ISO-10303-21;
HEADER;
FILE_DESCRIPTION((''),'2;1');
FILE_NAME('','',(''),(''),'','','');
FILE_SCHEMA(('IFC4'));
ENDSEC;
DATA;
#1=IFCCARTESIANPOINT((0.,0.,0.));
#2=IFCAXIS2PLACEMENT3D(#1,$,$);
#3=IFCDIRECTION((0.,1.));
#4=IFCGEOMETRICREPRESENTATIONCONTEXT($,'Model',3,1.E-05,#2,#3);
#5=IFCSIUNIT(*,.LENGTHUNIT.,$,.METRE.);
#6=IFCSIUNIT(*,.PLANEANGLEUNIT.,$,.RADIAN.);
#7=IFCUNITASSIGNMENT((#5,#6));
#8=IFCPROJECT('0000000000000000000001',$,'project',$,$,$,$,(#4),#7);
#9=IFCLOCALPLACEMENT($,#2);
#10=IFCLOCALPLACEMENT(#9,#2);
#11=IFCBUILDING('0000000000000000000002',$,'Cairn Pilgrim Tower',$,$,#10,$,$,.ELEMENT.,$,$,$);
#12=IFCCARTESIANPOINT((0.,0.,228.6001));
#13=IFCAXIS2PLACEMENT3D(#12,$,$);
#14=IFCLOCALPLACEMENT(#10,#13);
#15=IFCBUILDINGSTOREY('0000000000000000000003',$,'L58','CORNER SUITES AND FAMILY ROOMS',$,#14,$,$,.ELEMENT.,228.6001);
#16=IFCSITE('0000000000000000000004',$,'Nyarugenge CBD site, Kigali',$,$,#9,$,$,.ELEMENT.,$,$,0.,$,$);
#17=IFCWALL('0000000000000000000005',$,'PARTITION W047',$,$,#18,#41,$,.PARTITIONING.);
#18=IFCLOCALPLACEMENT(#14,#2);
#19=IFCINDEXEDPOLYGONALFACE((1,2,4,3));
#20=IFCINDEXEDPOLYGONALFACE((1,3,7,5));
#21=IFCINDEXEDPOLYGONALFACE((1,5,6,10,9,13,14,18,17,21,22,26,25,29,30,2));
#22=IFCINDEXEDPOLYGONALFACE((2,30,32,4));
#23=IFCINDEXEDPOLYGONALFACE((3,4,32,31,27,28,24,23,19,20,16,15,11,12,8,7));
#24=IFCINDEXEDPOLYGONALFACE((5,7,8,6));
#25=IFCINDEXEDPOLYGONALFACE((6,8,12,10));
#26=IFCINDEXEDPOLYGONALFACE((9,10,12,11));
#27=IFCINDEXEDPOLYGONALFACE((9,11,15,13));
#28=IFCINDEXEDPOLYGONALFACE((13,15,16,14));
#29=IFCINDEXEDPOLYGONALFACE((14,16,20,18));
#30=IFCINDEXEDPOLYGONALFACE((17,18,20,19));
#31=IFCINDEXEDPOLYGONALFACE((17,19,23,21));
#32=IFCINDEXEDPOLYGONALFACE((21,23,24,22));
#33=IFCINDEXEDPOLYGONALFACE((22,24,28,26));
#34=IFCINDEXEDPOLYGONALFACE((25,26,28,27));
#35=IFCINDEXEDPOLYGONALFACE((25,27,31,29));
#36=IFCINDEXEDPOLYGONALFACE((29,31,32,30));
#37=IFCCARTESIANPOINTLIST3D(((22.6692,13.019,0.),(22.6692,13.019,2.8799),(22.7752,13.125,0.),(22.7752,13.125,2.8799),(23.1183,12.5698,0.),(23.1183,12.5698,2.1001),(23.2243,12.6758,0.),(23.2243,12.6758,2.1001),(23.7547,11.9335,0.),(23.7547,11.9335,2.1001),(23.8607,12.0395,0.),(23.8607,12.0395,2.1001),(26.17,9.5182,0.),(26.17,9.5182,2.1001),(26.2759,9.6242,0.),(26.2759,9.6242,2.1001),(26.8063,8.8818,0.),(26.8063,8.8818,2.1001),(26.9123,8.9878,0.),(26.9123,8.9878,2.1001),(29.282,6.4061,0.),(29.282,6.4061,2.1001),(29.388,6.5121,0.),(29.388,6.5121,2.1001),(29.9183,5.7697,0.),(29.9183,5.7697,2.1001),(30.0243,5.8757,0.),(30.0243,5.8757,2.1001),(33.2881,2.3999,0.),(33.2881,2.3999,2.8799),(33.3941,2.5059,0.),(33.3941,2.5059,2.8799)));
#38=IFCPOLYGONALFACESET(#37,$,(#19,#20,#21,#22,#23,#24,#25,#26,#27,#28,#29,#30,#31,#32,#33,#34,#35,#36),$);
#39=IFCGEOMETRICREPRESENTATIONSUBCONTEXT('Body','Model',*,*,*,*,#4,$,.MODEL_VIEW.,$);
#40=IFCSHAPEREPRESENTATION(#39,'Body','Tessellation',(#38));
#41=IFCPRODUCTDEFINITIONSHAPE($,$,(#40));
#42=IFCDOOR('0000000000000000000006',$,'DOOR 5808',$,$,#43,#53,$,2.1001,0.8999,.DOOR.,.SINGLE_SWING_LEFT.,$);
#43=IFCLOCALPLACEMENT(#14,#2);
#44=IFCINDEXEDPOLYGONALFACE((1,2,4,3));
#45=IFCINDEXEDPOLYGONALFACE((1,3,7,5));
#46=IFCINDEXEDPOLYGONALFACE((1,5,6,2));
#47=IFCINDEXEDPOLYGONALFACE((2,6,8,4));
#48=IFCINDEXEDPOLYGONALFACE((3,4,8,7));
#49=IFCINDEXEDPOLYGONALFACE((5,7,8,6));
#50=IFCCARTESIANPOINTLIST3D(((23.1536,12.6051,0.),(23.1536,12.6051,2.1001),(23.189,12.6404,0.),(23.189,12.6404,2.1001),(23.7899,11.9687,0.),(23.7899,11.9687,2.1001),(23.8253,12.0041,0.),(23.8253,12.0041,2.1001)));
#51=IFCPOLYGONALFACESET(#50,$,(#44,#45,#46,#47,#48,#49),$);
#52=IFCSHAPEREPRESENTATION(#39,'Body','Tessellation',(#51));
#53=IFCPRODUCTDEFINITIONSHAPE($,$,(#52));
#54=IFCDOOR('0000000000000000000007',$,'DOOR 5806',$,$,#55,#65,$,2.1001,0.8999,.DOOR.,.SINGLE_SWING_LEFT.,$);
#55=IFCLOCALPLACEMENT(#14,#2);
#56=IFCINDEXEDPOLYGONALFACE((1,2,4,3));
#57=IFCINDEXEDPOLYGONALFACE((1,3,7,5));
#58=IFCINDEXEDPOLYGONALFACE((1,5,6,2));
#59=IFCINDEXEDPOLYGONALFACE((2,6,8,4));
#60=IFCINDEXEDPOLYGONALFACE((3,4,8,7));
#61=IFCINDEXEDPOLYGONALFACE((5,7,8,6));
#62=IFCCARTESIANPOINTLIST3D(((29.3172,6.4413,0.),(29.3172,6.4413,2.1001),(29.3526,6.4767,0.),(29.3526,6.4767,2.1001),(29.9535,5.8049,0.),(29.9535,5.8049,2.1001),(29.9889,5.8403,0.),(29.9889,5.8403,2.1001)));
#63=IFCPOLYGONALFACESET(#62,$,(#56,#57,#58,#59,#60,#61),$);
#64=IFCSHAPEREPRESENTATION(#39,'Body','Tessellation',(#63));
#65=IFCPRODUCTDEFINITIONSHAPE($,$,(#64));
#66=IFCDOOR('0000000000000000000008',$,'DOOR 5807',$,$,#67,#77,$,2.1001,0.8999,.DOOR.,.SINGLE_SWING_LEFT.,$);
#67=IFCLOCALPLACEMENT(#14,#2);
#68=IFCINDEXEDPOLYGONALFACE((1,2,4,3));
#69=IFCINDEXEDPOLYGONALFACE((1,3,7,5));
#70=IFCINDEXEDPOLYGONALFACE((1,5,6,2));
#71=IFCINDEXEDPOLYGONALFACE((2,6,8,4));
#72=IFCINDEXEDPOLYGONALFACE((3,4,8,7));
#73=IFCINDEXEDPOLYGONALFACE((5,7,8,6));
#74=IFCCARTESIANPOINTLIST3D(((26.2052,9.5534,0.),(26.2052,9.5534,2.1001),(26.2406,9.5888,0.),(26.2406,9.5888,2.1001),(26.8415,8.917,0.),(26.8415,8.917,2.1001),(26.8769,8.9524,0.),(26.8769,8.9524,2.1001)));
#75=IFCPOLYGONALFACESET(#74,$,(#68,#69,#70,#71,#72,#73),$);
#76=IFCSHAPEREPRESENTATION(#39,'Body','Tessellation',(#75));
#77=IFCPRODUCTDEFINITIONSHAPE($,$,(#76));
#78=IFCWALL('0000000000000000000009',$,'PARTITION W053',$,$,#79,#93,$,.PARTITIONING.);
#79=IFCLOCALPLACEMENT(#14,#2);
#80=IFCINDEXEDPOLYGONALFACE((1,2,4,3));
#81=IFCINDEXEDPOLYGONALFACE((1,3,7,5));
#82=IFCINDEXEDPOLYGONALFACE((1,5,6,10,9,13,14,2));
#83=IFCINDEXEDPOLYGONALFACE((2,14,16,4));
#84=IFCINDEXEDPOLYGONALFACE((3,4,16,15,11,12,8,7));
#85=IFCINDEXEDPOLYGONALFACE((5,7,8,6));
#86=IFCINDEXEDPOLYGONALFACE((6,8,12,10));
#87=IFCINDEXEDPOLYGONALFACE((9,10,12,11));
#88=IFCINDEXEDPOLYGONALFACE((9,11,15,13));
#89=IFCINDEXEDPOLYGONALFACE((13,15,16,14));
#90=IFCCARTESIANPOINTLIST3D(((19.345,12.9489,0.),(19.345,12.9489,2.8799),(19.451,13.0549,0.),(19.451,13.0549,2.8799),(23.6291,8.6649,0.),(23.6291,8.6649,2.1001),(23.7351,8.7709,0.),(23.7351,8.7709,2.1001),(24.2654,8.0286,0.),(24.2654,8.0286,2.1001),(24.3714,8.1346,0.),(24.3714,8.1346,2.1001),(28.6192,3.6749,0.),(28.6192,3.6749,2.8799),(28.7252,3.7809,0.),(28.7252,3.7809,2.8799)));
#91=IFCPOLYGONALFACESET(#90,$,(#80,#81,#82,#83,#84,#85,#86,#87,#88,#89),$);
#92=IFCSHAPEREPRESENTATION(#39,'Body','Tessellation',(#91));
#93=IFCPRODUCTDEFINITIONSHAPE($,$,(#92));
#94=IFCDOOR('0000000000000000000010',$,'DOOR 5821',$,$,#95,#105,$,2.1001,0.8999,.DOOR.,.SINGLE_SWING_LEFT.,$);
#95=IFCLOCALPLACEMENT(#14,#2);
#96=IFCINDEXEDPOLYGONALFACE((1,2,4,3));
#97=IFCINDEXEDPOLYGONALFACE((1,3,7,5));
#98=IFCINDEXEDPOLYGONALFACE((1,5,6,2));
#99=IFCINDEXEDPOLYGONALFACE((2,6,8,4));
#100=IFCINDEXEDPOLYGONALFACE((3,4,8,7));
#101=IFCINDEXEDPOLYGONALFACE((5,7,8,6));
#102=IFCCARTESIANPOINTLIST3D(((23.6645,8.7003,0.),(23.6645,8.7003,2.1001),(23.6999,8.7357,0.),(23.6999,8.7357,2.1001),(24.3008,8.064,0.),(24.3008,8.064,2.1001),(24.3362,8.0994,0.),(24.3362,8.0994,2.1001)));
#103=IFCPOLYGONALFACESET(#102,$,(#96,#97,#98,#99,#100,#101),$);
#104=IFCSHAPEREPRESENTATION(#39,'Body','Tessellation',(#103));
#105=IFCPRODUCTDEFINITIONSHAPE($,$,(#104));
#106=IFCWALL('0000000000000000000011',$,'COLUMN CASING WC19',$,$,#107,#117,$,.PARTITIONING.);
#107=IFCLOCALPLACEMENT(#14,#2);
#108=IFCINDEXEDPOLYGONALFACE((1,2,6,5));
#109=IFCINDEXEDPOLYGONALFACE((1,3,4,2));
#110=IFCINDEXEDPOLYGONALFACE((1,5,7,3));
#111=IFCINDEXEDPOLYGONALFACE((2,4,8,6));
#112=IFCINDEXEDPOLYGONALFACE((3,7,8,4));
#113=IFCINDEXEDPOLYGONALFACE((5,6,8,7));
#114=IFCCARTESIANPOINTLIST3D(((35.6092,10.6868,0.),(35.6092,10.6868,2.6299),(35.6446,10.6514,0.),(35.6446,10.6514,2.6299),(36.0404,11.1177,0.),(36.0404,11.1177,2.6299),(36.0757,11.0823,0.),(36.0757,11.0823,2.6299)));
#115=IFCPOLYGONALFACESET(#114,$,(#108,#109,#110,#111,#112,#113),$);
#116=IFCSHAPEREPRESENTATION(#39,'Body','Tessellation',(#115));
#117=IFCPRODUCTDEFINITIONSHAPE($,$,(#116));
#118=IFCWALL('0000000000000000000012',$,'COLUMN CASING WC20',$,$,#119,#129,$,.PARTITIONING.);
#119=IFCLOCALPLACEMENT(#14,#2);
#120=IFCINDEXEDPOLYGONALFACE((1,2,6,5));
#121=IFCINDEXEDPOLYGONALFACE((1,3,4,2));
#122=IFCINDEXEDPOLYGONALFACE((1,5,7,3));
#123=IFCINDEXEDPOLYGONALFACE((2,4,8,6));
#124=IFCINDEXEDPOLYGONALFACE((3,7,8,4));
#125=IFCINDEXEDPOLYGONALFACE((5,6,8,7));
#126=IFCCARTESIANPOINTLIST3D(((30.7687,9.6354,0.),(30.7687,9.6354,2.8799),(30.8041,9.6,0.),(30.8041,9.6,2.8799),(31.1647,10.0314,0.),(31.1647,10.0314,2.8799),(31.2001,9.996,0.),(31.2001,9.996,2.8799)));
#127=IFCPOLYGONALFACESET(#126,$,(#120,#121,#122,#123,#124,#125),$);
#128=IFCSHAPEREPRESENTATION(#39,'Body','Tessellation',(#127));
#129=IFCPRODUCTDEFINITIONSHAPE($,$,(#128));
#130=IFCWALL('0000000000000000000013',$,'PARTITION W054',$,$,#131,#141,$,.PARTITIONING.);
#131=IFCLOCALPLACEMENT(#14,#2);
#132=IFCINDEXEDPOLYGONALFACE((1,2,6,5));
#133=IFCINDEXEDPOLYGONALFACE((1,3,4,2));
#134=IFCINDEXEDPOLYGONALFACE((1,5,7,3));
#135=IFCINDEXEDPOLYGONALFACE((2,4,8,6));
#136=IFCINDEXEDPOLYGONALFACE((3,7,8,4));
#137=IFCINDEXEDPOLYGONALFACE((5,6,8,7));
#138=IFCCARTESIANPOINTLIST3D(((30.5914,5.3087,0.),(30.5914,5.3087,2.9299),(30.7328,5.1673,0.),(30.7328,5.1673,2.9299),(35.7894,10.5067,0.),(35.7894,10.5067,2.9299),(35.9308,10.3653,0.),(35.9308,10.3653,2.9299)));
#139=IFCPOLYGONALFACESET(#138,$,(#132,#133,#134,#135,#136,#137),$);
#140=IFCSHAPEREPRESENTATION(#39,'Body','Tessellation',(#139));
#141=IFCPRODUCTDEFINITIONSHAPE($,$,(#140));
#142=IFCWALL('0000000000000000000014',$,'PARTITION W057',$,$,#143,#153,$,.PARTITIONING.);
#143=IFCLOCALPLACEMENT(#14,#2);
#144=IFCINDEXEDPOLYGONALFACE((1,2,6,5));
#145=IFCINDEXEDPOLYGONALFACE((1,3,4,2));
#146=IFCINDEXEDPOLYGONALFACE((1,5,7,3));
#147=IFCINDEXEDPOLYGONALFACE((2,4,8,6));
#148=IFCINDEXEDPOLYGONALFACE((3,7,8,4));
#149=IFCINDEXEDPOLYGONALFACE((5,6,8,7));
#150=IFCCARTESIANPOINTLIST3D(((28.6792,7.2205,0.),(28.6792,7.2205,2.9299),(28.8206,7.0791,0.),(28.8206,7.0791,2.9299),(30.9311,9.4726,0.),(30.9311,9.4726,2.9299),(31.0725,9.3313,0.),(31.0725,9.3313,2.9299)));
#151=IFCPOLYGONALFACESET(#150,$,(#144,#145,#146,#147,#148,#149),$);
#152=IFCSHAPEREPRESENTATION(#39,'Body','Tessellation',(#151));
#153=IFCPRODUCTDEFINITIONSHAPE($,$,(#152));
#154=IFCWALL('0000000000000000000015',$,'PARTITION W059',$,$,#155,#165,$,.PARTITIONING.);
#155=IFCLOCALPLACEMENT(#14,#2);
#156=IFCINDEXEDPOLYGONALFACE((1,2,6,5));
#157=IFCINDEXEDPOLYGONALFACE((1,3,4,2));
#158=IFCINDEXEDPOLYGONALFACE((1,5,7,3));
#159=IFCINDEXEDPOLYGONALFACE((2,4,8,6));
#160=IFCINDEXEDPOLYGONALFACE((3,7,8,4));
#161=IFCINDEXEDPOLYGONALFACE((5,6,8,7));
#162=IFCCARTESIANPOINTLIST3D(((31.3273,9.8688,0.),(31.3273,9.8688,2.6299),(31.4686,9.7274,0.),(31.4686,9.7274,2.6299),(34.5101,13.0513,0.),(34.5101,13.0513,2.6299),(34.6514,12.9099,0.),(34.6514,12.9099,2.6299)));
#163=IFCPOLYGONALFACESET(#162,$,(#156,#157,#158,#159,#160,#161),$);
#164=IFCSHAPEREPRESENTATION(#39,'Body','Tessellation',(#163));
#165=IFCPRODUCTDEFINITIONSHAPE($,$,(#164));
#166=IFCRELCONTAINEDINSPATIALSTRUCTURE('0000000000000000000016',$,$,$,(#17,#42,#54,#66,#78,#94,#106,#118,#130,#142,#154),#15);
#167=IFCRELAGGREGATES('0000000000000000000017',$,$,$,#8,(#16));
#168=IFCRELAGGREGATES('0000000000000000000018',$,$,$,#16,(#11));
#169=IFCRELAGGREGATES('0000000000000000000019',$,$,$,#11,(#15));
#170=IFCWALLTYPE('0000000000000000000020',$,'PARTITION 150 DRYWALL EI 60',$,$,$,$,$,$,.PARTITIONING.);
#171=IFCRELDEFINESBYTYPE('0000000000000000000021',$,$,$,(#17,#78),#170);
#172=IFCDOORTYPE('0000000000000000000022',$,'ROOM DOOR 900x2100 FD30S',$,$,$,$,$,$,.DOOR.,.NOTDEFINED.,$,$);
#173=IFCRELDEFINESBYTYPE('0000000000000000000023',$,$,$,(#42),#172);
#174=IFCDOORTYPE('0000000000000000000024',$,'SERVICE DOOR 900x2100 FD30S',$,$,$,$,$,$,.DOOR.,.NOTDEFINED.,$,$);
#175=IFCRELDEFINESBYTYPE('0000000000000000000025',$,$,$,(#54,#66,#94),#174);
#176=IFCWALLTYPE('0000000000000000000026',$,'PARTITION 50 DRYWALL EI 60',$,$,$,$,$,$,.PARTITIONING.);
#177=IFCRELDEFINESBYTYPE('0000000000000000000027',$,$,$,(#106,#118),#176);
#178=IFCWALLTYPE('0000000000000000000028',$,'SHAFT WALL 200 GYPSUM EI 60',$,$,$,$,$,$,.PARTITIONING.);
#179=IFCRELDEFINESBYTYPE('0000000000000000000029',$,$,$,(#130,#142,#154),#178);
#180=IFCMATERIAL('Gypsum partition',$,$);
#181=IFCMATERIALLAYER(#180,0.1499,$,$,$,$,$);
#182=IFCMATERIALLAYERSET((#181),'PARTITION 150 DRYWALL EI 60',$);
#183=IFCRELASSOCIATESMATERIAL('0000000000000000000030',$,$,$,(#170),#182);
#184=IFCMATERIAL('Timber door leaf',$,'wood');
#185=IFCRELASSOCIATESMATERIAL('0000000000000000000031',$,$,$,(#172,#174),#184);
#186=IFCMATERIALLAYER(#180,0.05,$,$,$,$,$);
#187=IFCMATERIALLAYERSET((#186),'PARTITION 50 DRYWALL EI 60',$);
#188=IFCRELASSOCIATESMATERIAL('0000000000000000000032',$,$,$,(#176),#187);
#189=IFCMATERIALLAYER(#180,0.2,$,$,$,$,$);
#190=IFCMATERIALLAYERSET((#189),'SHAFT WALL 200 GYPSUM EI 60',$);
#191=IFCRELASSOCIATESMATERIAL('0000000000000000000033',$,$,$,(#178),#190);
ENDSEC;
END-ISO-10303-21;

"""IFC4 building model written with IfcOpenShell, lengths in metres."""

from ifc_helpers import new_model, si_unit, direction, frame, frame_2d, origin, place, context, subcontext, project, spatial, rectangle, extrude, material, layer, layer_set, type_object, element, fill, save


model = new_model("IFC4")

# Units and contexts
model_context = context("Model", 3, precision=1e-05, world=origin(), true_north=direction((0.0, 1.0)))
body_context = subcontext(model_context, "Body", "Model", "MODEL_VIEW")
ifc_project = project(units=[si_unit("LENGTHUNIT", "METRE"), si_unit("PLANEANGLEUNIT", "RADIAN")], contexts=[model_context])

# Site, building, storey
site_placement = place(None, origin())
site = spatial("IfcSite", under=ifc_project, at=site_placement, Name="Nyarugenge CBD site, Kigali", CompositionType="ELEMENT", RefElevation=0.0)
building_placement = place(site_placement, origin())
building = spatial("IfcBuilding", under=site, at=building_placement, Name="Cairn Pilgrim Tower", CompositionType="ELEMENT")
storey_placement = place(building_placement, frame((0.0, 0.0, 228.6001)))
storey = spatial("IfcBuildingStorey", under=building, at=storey_placement, Name="L58", Description="CORNER SUITES AND FAMILY ROOMS", CompositionType="ELEMENT", Elevation=228.6001)

# Shared definitions
ifc_material_1 = material(Name="Gypsum partition")
ifc_material_2 = material(Name="Timber door leaf", Category="wood")

# Wall, openings, doors
ifc_layer_1 = layer(ifc_material_1, 0.1499)
ifc_layer_set_1 = layer_set([ifc_layer_1], Name="PARTITION 150 DRYWALL EI 60")
wall_type_1 = type_object("IfcWallType", Name="PARTITION 150 DRYWALL EI 60", PredefinedType="PARTITIONING", material=ifc_layer_set_1)
wall_1_placement = place(storey_placement, frame((33.3411, 2.4529, 0.0), z_axis=(0.0, 0.0, 1.0), x_axis=(-0.707099, 0.707115, 0.0)))
wall_1 = element("IfcWall", 1, at=wall_1_placement, inside=storey, type_object=wall_type_1, Name="PARTITION W047", PredefinedType="PARTITIONING", context=body_context, shape_type="SweptSolid", body=[
    extrude(rectangle(XDim=15.0176, YDim=0.1499, at=frame_2d((7.5088, 0.0))), origin(), (0.0, 0.0, 1.0), 2.8799),
])
opening_1_placement = place(wall_1_placement, frame((4.7656, 0.0, 0.0)))
opening_1 = element("IfcOpeningElement", 2, at=opening_1_placement, cuts=wall_1, PredefinedType="OPENING", context=body_context, shape_type="SweptSolid", body=[
    extrude(rectangle(XDim=0.8999, YDim=2.1001, at=frame_2d((0.45, 1.05))), frame((0.0, 0.085, 0.0), z_axis=(0.0, -1.0, 0.0), x_axis=(1.0, 0.0, 0.0)), (0.0, 0.0, 1.0), 0.1699),
])
opening_2_placement = place(wall_1_placement, frame((9.1667, 0.0, 0.0)))
opening_2 = element("IfcOpeningElement", 3, at=opening_2_placement, cuts=wall_1, PredefinedType="OPENING", context=body_context, shape_type="SweptSolid", body=[
    extrude(rectangle(XDim=0.8999, YDim=2.1001, at=frame_2d((0.45, 1.05))), frame((0.0, 0.085, 0.0), z_axis=(0.0, -1.0, 0.0), x_axis=(1.0, 0.0, 0.0)), (0.0, 0.0, 1.0), 0.1699),
])
opening_3_placement = place(wall_1_placement, frame((13.4824, 0.0, 0.0)))
opening_3 = element("IfcOpeningElement", 4, at=opening_3_placement, cuts=wall_1, PredefinedType="OPENING", context=body_context, shape_type="SweptSolid", body=[
    extrude(rectangle(XDim=0.8999, YDim=2.1001, at=frame_2d((0.45, 1.05))), frame((0.0, 0.085, 0.0), z_axis=(0.0, -1.0, 0.0), x_axis=(1.0, 0.0, 0.0)), (0.0, 0.0, 1.0), 0.1699),
])
door_type_1 = type_object("IfcDoorType", Name="ROOM DOOR 900x2100 FD30S", OperationType="NOTDEFINED", PredefinedType="DOOR", material=ifc_material_2)
door_1_placement = place(opening_3_placement, frame((0.8999, 0.0, 0.0), z_axis=(0.0, 0.0, 1.0), x_axis=(-1.0, 0.0, 0.0)))
door_1 = element("IfcDoor", 5, at=door_1_placement, inside=storey, type_object=door_type_1, Name="DOOR 5808", OperationType="SINGLE_SWING_LEFT", OverallHeight=2.1001, OverallWidth=0.8999, PredefinedType="DOOR", context=body_context, shape_type="SweptSolid", body=[
    extrude(rectangle(XDim=0.8999, YDim=2.1001, at=frame_2d((0.45, 1.05))), frame((0.0, 0.0249, 0.0), z_axis=(0.0, -1.0, 0.0), x_axis=(1.0, 0.0, 0.0)), (0.0, 0.0, 1.0), 0.05),
])
fill(opening_3, door_1)
door_type_2 = type_object("IfcDoorType", Name="SERVICE DOOR 900x2100 FD30S", OperationType="NOTDEFINED", PredefinedType="DOOR", material=ifc_material_2)
door_2_placement = place(opening_1_placement, frame((0.8999, 0.0, 0.0), z_axis=(0.0, 0.0, 1.0), x_axis=(-1.0, 0.0, 0.0)))
door_2 = element("IfcDoor", 6, at=door_2_placement, inside=storey, type_object=door_type_2, Name="DOOR 5806", OperationType="SINGLE_SWING_LEFT", OverallHeight=2.1001, OverallWidth=0.8999, PredefinedType="DOOR", context=body_context, shape_type="SweptSolid", body=[
    extrude(rectangle(XDim=0.8999, YDim=2.1001, at=frame_2d((0.45, 1.05))), frame((0.0, 0.0249, 0.0), z_axis=(0.0, -1.0, 0.0), x_axis=(1.0, 0.0, 0.0)), (0.0, 0.0, 1.0), 0.05),
])
fill(opening_1, door_2)
door_3_placement = place(opening_2_placement, frame((0.8999, 0.0, 0.0), z_axis=(0.0, 0.0, 1.0), x_axis=(-1.0, 0.0, 0.0)))
door_3 = element("IfcDoor", 7, at=door_3_placement, inside=storey, type_object=door_type_2, Name="DOOR 5807", OperationType="SINGLE_SWING_LEFT", OverallHeight=2.1001, OverallWidth=0.8999, PredefinedType="DOOR", context=body_context, shape_type="SweptSolid", body=[
    extrude(rectangle(XDim=0.8999, YDim=2.1001, at=frame_2d((0.45, 1.05))), frame((0.0, 0.0249, 0.0), z_axis=(0.0, -1.0, 0.0), x_axis=(1.0, 0.0, 0.0)), (0.0, 0.0, 1.0), 0.05),
])
fill(opening_2, door_3)

# Wall, opening, door
wall_2_placement = place(storey_placement, frame((28.6721, 3.728, 0.0), z_axis=(0.0, 0.0, 1.0), x_axis=(-0.707116, 0.707097, 0.0)))
wall_2 = element("IfcWall", 8, at=wall_2_placement, inside=storey, type_object=wall_type_1, Name="PARTITION W053", PredefinedType="PARTITIONING", context=body_context, shape_type="SweptSolid", body=[
    extrude(rectangle(XDim=13.1155, YDim=0.1499, at=frame_2d((6.5576, 0.0))), origin(), (0.0, 0.0, 1.0), 2.8799),
])
opening_4_placement = place(wall_2_placement, frame((6.157, 0.0, 0.0)))
opening_4 = element("IfcOpeningElement", 9, at=opening_4_placement, cuts=wall_2, PredefinedType="OPENING", context=body_context, shape_type="SweptSolid", body=[
    extrude(rectangle(XDim=0.8999, YDim=2.1001, at=frame_2d((0.45, 1.05))), frame((0.0, 0.085, 0.0), z_axis=(0.0, -1.0, 0.0), x_axis=(1.0, 0.0, 0.0)), (0.0, 0.0, 1.0), 0.1699),
])
door_4_placement = place(opening_4_placement, origin())
door_4 = element("IfcDoor", 10, at=door_4_placement, inside=storey, type_object=door_type_2, Name="DOOR 5821", OperationType="SINGLE_SWING_LEFT", OverallHeight=2.1001, OverallWidth=0.8999, PredefinedType="DOOR", context=body_context, shape_type="SweptSolid", body=[
    extrude(rectangle(XDim=0.8999, YDim=2.1001, at=frame_2d((0.45, 1.05))), frame((0.0, 0.0249, 0.0), z_axis=(0.0, -1.0, 0.0), x_axis=(1.0, 0.0, 0.0)), (0.0, 0.0, 1.0), 0.05),
])
fill(opening_4, door_4)

# Walls
ifc_layer_2 = layer(ifc_material_1, 0.05)
ifc_layer_set_2 = layer_set([ifc_layer_2], Name="PARTITION 50 DRYWALL EI 60")
wall_type_2 = type_object("IfcWallType", Name="PARTITION 50 DRYWALL EI 60", PredefinedType="PARTITIONING", material=ifc_layer_set_2)
wall_3_placement = place(storey_placement, frame((35.627, 10.6692, 0.0), z_axis=(0.0, 0.0, 1.0), x_axis=(0.707307, 0.706906, 0.0)))
element("IfcWall", 11, at=wall_3_placement, inside=storey, type_object=wall_type_2, Name="COLUMN CASING WC19", PredefinedType="PARTITIONING", context=body_context, shape_type="SweptSolid", body=[
    extrude(rectangle(XDim=0.6096, YDim=0.05, at=frame_2d((0.3047, 0.0))), origin(), (0.0, 0.0, 1.0), 2.6299),
])
wall_4_placement = place(storey_placement, frame((30.7864, 9.6177, 0.0), z_axis=(0.0, 0.0, 1.0), x_axis=(0.707107, 0.707107, 0.0)))
element("IfcWall", 12, at=wall_4_placement, inside=storey, type_object=wall_type_2, Name="COLUMN CASING WC20", PredefinedType="PARTITIONING", context=body_context, shape_type="SweptSolid", body=[
    extrude(rectangle(XDim=0.5601, YDim=0.05, at=frame_2d((0.28, 0.0))), origin(), (0.0, 0.0, 1.0), 2.8799),
])
ifc_layer_3 = layer(ifc_material_1, 0.2)
ifc_layer_set_3 = layer_set([ifc_layer_3], Name="SHAFT WALL 200 GYPSUM EI 60")
wall_type_3 = type_object("IfcWallType", Name="SHAFT WALL 200 GYPSUM EI 60", PredefinedType="PARTITIONING", material=ifc_layer_set_3)
wall_5_placement = place(storey_placement, frame((30.6621, 5.238, 0.0), z_axis=(0.0, 0.0, 1.0), x_axis=(0.707107, 0.707107, 0.0)))
element("IfcWall", 13, at=wall_5_placement, inside=storey, type_object=wall_type_3, Name="PARTITION W054", PredefinedType="PARTITIONING", context=body_context, shape_type="SweptSolid", body=[
    extrude(rectangle(XDim=7.3511, YDim=0.2, at=frame_2d((3.6755, 0.0))), origin(), (0.0, 0.0, 1.0), 2.9299),
])
wall_6_placement = place(storey_placement, frame((28.75, 7.1499, 0.0), z_axis=(0.0, 0.0, 1.0), x_axis=(0.707068, 0.707145, 0.0)))
element("IfcWall", 14, at=wall_6_placement, inside=storey, type_object=wall_type_3, Name="PARTITION W057", PredefinedType="PARTITIONING", context=body_context, shape_type="SweptSolid", body=[
    extrude(rectangle(XDim=3.1848, YDim=0.2, at=frame_2d((1.5923, 0.0))), origin(), (0.0, 0.0, 1.0), 2.9299),
])
wall_7_placement = place(storey_placement, frame((31.3979, 9.7981, 0.0), z_axis=(0.0, 0.0, 1.0), x_axis=(0.707134, 0.70708, 0.0)))
element("IfcWall", 15, at=wall_7_placement, inside=storey, type_object=wall_type_3, Name="PARTITION W059", PredefinedType="PARTITIONING", context=body_context, shape_type="SweptSolid", body=[
    extrude(rectangle(XDim=4.501, YDim=0.2, at=frame_2d((2.2505, 0.0))), origin(), (0.0, 0.0, 1.0), 2.6299),
])

save(model, "model.ifc")
